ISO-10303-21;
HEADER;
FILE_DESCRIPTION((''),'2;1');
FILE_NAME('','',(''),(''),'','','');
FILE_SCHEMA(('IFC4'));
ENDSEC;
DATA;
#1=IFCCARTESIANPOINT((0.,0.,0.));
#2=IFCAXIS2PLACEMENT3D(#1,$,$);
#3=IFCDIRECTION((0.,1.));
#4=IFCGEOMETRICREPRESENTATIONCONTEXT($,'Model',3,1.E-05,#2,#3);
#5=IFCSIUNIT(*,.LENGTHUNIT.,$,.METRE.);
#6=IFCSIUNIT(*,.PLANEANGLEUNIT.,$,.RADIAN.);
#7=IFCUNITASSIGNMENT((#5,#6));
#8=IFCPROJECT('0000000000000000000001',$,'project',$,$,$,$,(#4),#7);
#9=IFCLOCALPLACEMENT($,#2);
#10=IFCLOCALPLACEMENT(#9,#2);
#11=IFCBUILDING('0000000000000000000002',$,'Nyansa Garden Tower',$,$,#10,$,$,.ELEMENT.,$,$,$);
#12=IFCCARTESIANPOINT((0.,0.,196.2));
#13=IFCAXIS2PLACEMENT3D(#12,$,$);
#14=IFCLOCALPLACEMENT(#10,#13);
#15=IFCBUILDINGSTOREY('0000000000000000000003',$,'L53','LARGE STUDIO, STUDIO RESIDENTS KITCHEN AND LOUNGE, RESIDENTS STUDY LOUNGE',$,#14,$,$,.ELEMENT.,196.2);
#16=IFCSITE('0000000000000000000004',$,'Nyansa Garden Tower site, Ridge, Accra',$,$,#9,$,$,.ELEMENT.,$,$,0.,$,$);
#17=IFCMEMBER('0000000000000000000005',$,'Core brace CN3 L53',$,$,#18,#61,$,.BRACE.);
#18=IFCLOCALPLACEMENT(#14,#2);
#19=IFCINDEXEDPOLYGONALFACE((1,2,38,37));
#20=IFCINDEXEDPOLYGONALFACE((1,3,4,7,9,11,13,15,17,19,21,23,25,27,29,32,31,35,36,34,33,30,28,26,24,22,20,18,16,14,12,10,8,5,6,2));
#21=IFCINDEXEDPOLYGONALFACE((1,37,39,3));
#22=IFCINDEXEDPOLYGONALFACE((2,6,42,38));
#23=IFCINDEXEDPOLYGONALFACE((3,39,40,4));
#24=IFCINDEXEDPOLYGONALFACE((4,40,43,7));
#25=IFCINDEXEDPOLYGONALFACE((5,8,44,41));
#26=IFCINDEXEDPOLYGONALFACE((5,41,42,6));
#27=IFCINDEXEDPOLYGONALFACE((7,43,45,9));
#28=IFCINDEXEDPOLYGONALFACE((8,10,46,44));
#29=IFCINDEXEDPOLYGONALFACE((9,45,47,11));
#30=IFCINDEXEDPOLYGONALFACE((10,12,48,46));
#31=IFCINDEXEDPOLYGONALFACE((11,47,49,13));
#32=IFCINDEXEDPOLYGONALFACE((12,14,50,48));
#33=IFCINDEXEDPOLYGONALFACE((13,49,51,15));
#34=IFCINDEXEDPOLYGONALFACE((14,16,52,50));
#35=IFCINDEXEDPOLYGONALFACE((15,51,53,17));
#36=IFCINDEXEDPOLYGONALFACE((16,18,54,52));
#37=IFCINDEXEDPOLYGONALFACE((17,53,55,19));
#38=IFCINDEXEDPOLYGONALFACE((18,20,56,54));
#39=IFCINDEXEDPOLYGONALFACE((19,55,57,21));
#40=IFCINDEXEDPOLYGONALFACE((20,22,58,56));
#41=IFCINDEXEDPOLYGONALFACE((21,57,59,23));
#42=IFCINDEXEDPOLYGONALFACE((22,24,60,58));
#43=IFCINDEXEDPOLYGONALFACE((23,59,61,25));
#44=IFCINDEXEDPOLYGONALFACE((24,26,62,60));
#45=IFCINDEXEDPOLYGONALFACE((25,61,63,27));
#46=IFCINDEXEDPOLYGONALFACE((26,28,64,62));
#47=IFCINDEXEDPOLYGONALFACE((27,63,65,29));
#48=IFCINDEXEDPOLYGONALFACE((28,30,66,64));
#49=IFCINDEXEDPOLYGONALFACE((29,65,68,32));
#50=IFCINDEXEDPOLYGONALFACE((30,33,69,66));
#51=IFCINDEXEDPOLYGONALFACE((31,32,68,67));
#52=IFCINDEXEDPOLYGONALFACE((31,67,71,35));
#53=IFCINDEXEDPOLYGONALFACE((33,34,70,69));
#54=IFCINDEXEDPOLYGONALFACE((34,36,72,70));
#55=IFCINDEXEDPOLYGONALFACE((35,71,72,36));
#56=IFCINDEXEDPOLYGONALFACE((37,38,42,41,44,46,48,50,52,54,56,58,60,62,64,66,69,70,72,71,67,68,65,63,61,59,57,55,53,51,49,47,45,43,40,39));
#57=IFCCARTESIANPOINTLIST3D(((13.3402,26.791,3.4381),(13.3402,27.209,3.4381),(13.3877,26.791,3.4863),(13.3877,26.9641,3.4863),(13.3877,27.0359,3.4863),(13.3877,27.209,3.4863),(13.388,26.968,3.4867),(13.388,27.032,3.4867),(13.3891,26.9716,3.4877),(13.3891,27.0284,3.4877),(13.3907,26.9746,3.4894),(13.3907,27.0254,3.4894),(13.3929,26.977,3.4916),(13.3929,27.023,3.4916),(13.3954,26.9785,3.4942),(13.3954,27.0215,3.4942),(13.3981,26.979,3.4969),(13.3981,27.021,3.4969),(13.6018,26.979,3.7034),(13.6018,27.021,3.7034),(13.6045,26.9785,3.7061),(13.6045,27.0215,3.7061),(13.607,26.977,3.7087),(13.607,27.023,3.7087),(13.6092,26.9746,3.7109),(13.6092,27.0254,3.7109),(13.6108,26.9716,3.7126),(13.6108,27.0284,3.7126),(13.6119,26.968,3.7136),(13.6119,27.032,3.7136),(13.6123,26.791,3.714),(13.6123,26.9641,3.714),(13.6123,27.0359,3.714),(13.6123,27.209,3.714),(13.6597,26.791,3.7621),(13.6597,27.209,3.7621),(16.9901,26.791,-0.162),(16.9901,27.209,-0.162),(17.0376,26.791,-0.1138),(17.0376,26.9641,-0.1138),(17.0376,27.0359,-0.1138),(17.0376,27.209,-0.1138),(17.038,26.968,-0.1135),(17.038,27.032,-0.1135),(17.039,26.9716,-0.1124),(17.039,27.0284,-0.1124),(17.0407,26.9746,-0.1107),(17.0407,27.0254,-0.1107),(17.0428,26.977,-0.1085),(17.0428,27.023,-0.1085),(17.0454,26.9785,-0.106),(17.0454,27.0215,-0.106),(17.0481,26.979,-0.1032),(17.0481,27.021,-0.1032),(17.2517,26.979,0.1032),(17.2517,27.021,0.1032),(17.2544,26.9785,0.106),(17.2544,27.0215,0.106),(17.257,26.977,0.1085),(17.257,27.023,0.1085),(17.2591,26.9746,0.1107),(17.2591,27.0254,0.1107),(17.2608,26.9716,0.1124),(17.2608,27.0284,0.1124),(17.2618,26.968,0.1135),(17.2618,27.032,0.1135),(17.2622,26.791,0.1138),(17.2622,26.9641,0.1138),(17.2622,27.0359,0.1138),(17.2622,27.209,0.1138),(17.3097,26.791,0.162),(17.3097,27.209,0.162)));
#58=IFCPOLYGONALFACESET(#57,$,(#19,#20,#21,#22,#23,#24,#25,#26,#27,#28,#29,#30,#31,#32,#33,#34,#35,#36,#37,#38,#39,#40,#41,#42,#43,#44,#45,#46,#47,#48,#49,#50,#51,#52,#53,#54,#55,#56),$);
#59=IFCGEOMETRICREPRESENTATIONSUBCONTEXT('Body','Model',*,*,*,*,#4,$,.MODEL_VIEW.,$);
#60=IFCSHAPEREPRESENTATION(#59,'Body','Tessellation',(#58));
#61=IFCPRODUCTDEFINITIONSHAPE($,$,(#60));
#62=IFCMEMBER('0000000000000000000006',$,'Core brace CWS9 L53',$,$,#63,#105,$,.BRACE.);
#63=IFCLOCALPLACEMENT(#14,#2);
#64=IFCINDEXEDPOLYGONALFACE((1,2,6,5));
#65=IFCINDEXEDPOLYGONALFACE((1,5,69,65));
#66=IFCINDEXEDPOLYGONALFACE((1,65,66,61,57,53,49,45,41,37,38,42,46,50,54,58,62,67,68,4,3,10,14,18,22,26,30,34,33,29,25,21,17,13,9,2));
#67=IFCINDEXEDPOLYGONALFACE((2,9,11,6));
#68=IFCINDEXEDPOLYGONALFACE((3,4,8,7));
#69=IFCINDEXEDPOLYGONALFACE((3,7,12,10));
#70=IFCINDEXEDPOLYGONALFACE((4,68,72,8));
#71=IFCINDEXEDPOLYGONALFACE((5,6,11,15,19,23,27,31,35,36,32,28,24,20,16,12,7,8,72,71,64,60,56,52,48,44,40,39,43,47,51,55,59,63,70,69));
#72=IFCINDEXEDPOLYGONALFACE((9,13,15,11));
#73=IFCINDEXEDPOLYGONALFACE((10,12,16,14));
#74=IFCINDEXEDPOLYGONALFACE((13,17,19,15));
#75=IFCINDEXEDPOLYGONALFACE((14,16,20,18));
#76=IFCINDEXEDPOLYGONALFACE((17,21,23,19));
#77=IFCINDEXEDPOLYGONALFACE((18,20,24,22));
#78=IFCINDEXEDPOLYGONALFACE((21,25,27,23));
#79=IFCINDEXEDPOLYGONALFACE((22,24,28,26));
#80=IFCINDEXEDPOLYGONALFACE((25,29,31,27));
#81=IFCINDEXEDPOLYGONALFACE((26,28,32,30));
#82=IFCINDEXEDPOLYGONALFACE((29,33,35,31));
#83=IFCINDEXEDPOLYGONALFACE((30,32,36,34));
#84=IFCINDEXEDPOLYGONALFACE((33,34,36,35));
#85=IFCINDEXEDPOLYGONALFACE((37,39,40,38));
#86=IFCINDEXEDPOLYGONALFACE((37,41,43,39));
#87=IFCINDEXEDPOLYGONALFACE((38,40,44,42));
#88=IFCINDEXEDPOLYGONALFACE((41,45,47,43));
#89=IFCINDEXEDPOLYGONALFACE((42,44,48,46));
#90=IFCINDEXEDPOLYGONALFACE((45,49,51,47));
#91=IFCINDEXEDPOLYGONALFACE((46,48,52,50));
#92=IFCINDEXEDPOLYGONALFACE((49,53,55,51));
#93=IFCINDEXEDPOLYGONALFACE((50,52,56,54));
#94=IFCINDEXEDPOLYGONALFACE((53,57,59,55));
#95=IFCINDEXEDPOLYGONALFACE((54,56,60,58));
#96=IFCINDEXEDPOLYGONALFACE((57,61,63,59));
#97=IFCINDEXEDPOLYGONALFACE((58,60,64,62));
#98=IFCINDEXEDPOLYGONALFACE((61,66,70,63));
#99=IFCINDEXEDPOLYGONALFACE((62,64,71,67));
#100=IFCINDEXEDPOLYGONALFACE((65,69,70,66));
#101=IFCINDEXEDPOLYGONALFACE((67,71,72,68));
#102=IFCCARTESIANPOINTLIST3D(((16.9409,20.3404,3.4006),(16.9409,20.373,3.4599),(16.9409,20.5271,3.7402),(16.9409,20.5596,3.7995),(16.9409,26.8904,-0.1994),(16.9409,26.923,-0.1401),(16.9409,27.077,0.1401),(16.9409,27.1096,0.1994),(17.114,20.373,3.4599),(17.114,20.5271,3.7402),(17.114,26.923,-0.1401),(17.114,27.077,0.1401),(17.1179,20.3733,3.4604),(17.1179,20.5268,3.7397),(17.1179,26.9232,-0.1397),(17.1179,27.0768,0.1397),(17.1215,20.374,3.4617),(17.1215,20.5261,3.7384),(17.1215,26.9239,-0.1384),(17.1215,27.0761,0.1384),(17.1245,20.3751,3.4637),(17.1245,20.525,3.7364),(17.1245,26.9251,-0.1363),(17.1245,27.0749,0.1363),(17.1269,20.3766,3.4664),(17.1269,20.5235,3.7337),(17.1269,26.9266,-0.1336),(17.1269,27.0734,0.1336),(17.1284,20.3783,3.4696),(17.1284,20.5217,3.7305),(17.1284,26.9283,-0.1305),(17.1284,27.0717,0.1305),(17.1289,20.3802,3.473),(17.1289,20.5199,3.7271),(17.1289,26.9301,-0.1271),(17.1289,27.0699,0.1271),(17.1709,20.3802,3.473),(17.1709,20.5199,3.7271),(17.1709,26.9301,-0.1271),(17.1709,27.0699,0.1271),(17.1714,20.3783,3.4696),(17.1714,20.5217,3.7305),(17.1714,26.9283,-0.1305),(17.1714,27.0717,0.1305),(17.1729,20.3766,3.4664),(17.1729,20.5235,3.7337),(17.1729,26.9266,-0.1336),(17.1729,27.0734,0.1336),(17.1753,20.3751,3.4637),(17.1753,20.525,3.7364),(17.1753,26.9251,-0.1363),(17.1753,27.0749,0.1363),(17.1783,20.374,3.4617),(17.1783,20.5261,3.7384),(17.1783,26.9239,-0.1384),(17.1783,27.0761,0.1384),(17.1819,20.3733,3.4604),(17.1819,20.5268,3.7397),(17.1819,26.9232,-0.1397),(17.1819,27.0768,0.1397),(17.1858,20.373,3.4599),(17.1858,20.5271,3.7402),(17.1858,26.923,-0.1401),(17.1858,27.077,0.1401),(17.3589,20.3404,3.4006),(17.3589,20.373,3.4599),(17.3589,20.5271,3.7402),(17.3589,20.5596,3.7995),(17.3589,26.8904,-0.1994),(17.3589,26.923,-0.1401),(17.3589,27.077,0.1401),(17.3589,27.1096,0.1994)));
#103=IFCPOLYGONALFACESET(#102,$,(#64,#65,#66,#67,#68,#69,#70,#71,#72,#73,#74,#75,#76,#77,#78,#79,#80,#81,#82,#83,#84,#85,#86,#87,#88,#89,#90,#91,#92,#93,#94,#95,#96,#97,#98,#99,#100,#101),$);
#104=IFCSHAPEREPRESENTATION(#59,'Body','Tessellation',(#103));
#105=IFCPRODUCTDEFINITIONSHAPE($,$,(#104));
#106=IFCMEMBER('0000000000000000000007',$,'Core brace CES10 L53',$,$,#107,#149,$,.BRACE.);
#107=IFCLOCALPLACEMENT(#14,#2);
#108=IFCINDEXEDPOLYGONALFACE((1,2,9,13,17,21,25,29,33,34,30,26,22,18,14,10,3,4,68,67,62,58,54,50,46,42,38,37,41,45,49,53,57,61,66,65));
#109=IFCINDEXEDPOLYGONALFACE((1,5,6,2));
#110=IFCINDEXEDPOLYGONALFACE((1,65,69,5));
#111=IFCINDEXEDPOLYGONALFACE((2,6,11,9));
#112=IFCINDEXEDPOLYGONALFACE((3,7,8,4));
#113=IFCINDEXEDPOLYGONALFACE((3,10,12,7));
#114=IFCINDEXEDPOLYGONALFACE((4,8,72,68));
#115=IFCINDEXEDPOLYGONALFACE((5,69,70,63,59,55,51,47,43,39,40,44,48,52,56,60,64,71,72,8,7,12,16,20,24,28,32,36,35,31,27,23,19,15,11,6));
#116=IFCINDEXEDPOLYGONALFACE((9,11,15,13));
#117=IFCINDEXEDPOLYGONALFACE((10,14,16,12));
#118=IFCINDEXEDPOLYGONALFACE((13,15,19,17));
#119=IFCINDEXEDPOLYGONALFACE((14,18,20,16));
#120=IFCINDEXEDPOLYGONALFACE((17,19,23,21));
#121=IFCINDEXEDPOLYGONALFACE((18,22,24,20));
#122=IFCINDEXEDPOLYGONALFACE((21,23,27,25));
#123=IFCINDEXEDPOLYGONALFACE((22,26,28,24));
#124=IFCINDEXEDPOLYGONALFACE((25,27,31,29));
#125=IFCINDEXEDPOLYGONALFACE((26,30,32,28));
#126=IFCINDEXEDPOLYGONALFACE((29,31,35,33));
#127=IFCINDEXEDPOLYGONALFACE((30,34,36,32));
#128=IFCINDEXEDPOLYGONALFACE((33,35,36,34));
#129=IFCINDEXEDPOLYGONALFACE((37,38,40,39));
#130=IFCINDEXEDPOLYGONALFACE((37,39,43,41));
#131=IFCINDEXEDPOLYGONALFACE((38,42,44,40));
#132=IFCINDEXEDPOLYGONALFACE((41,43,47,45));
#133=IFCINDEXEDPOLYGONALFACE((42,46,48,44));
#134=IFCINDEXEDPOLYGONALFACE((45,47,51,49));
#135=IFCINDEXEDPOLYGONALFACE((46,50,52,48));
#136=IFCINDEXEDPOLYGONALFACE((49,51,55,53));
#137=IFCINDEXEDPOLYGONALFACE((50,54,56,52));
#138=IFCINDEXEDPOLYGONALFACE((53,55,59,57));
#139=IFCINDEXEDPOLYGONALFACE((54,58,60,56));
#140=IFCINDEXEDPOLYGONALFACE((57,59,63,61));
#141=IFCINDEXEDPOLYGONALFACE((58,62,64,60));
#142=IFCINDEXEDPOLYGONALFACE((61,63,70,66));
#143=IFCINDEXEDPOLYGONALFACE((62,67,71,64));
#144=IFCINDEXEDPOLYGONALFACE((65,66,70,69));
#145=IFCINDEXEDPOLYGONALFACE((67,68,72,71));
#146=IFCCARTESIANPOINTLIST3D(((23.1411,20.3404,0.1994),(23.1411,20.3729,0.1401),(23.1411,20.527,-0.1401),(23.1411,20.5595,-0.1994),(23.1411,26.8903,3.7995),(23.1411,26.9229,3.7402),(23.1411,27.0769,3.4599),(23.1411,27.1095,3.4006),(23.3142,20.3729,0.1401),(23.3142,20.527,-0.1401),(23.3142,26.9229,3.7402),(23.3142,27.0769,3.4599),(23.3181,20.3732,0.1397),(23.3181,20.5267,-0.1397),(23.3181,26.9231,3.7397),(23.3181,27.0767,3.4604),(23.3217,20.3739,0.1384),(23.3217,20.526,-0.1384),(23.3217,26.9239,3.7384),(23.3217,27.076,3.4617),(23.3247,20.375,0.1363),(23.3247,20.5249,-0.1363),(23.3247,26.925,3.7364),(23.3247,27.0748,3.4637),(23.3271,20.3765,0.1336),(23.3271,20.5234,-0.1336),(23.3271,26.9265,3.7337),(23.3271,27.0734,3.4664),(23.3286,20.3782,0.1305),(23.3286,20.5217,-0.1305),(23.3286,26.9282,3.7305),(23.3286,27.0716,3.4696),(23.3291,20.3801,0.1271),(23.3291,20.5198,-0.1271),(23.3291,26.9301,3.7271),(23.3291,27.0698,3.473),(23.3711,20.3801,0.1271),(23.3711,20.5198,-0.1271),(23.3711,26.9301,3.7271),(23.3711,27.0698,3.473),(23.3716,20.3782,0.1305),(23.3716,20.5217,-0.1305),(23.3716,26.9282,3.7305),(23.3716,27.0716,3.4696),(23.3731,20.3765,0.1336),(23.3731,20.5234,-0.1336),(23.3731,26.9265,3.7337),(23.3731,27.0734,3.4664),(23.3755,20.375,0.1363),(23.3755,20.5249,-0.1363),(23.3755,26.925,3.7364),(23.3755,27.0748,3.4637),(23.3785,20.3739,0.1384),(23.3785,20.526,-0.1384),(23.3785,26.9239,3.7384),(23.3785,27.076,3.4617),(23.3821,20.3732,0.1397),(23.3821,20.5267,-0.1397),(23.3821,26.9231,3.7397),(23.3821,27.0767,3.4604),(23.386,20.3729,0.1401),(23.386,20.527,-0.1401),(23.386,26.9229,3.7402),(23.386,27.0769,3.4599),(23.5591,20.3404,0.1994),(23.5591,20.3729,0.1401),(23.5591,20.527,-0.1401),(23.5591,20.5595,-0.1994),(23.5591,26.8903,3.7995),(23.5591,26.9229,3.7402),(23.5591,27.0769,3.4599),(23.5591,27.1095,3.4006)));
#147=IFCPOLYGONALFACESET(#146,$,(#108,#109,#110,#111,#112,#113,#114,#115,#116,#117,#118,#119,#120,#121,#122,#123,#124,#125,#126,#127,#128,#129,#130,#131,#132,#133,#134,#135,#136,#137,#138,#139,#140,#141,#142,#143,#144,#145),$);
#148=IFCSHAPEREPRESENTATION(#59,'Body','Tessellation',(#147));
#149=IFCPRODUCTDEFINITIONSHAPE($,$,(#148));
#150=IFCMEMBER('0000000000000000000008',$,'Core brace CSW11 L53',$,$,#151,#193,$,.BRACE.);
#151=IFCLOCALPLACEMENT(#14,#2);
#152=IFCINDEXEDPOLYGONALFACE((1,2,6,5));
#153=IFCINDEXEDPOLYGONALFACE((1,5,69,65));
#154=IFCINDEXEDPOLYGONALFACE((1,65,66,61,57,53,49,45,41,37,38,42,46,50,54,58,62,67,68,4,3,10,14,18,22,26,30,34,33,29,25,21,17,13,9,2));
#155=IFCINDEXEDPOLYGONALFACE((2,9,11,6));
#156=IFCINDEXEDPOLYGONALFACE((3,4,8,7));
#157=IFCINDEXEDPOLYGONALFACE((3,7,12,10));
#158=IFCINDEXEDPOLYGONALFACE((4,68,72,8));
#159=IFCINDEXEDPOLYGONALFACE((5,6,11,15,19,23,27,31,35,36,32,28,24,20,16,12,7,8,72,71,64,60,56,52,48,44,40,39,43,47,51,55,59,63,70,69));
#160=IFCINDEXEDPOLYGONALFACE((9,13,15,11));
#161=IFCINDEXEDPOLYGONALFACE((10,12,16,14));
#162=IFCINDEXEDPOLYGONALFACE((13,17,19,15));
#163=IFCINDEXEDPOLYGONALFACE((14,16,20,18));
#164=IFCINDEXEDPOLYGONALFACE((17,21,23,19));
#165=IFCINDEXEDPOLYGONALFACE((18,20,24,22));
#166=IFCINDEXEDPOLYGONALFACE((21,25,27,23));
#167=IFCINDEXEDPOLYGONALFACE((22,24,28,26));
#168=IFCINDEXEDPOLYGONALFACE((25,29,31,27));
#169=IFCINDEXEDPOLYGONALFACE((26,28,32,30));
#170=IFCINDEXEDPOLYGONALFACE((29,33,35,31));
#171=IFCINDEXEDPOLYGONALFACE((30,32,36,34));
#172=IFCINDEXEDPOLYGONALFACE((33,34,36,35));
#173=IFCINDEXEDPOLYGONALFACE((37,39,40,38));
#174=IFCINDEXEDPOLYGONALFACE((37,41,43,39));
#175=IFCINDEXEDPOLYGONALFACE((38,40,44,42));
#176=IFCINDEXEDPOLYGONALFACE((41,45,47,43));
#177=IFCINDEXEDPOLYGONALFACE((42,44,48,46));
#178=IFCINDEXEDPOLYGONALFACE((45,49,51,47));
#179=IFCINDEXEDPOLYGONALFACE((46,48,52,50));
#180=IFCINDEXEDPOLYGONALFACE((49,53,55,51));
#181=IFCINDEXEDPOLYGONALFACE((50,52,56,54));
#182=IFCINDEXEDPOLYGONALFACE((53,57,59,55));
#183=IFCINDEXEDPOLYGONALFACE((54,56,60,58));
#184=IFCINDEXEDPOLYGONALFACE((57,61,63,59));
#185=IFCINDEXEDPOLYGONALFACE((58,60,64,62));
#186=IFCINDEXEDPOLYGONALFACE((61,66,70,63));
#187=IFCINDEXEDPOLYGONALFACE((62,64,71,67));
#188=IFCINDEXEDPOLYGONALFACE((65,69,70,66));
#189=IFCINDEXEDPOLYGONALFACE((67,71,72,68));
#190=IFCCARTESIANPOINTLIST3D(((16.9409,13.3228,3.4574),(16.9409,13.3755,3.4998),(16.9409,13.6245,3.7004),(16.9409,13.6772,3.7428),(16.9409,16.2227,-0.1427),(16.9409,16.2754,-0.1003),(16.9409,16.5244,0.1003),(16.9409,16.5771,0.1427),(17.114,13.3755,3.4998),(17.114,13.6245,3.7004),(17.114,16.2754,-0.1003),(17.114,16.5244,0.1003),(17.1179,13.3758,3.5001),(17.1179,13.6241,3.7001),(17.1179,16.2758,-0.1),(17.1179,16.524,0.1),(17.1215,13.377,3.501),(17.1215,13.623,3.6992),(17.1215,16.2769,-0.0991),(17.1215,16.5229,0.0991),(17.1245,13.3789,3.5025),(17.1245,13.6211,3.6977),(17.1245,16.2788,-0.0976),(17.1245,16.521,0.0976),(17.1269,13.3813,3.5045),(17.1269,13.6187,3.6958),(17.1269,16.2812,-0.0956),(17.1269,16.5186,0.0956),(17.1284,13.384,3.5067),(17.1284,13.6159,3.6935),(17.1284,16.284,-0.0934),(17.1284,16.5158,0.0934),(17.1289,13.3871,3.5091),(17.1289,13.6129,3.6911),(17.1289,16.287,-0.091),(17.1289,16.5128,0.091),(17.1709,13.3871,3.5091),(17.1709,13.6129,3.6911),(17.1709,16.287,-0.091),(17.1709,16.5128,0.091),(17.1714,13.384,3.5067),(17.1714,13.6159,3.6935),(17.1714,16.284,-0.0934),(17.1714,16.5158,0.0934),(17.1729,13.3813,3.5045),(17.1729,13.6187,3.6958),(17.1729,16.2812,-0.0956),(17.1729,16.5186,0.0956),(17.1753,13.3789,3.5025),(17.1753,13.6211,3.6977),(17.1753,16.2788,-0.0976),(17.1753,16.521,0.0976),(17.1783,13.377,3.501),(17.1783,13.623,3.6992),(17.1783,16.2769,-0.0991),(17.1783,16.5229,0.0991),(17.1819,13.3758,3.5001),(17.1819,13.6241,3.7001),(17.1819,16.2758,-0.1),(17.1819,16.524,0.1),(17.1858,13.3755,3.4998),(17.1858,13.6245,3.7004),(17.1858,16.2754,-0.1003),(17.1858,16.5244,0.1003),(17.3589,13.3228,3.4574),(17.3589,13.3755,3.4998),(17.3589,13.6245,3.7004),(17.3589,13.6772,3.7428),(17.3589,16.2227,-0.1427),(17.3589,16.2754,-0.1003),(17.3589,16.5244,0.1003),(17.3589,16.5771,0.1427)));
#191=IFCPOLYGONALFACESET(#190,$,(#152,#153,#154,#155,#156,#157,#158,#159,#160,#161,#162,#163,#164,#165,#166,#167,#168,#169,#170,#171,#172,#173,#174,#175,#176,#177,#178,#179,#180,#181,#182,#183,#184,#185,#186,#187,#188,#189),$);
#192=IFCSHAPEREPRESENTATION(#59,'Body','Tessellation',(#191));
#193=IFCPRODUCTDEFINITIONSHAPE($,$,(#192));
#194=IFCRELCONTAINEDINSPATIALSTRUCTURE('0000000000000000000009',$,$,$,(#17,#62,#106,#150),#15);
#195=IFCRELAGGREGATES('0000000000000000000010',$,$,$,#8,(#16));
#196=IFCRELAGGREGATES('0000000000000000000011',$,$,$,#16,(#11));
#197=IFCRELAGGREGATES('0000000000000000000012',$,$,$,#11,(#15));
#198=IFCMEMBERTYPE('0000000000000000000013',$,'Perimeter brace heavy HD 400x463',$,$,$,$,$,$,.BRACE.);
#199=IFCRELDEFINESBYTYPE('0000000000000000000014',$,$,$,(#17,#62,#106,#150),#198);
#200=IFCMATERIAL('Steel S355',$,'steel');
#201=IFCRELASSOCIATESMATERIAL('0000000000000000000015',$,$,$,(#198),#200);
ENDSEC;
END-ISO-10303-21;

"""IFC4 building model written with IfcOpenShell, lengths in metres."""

from ifc_helpers import new_model, si_unit, direction, frame, origin, origin_2d, place, context, subcontext, project, spatial, i_section, extrude, material, material_profile, profile_set, type_object, element, save


model = new_model("IFC4")

# Units and contexts
model_context = context("Model", 3, precision=1e-05, world=origin(), true_north=direction((0.0, 1.0)))
body_context = subcontext(model_context, "Body", "Model", "MODEL_VIEW")
ifc_project = project(units=[si_unit("LENGTHUNIT", "METRE"), si_unit("PLANEANGLEUNIT", "RADIAN")], contexts=[model_context])

# Site, building, storey
site_placement = place(None, origin())
site = spatial("IfcSite", under=ifc_project, at=site_placement, Name="Nyansa Garden Tower site, Ridge, Accra", CompositionType="ELEMENT", RefElevation=0.0)
building_placement = place(site_placement, origin())
building = spatial("IfcBuilding", under=site, at=building_placement, Name="Nyansa Garden Tower", CompositionType="ELEMENT")
storey_placement = place(building_placement, frame((0.0, 0.0, 196.2)))
storey = spatial("IfcBuildingStorey", under=building, at=storey_placement, Name="L53", Description="LARGE STUDIO, STUDIO RESIDENTS KITCHEN AND LOUNGE, RESIDENTS STUDY LOUNGE", CompositionType="ELEMENT", Elevation=196.2)

# Members
ifc_material_1 = material(Name="Steel S355", Category="steel")
ifc_material_profile = material_profile(ifc_material_1, i_section(OverallWidth=0.418, OverallDepth=0.4551, WebThickness=0.042, FlangeThickness=0.0676, FilletRadius=0.0149, at=origin_2d()), Name="HD 400x463")
ifc_profile_set = profile_set([ifc_material_profile], Name="Steel S355")
member_type = type_object("IfcMemberType", Name="Perimeter brace heavy HD 400x463", PredefinedType="BRACE", material=ifc_profile_set)
member_1_placement = place(storey_placement, frame((17.1499, 27.0, 0.0), z_axis=(-0.711948, 0.0, 0.702233), x_axis=(0.0, -1.0, 0.0)))
element("IfcMember", 1, at=member_1_placement, inside=storey, type_object=member_type, Name="Core brace CN3 L53", PredefinedType="BRACE", context=body_context, shape_type="SweptSolid", body=[
    extrude(i_section(OverallWidth=0.418, OverallDepth=0.4551, WebThickness=0.042, FlangeThickness=0.0676, FilletRadius=0.0149, at=origin_2d()), origin(), (0.0, 0.0, 1.0), 5.1267),
])
for number, where, z_axis, x_axis, name in (
    (2, (17.1499, 27.0, 0.0), (0.0, -0.876353, 0.481669), (1.0, 0.0, 0.0), "Core brace CWS9 L53"),
    (3, (23.3501, 20.45, 0.0), (0.0, 0.876353, 0.481669), (-1.0, 0.0, 0.0), "Core brace CES10 L53"),
):
    element("IfcMember", number, at=place(storey_placement, frame(where, z_axis=z_axis, x_axis=x_axis)), inside=storey, type_object=member_type, Name=name, PredefinedType="BRACE", context=body_context, shape_type="SweptSolid", body=[
        extrude(i_section(OverallWidth=0.418, OverallDepth=0.4551, WebThickness=0.042, FlangeThickness=0.0676, FilletRadius=0.0149, at=origin_2d()), origin(), (0.0, 0.0, 1.0), 7.4741),
    ])
for number, where, z_axis, x_axis, name in (
    (4, (17.1499, 16.3999, 0.0), (0.0, -0.627306, 0.778773), (1.0, 0.0, 0.0), "Core brace CSW11 L53"),
):
    element("IfcMember", number, at=place(storey_placement, frame(where, z_axis=z_axis, x_axis=x_axis)), inside=storey, type_object=member_type, Name=name, PredefinedType="BRACE", context=body_context, shape_type="SweptSolid", body=[
        extrude(i_section(OverallWidth=0.418, OverallDepth=0.4551, WebThickness=0.042, FlangeThickness=0.0676, FilletRadius=0.0149, at=origin_2d()), origin(), (0.0, 0.0, 1.0), 4.6228),
    ])

save(model, "model.ifc")
